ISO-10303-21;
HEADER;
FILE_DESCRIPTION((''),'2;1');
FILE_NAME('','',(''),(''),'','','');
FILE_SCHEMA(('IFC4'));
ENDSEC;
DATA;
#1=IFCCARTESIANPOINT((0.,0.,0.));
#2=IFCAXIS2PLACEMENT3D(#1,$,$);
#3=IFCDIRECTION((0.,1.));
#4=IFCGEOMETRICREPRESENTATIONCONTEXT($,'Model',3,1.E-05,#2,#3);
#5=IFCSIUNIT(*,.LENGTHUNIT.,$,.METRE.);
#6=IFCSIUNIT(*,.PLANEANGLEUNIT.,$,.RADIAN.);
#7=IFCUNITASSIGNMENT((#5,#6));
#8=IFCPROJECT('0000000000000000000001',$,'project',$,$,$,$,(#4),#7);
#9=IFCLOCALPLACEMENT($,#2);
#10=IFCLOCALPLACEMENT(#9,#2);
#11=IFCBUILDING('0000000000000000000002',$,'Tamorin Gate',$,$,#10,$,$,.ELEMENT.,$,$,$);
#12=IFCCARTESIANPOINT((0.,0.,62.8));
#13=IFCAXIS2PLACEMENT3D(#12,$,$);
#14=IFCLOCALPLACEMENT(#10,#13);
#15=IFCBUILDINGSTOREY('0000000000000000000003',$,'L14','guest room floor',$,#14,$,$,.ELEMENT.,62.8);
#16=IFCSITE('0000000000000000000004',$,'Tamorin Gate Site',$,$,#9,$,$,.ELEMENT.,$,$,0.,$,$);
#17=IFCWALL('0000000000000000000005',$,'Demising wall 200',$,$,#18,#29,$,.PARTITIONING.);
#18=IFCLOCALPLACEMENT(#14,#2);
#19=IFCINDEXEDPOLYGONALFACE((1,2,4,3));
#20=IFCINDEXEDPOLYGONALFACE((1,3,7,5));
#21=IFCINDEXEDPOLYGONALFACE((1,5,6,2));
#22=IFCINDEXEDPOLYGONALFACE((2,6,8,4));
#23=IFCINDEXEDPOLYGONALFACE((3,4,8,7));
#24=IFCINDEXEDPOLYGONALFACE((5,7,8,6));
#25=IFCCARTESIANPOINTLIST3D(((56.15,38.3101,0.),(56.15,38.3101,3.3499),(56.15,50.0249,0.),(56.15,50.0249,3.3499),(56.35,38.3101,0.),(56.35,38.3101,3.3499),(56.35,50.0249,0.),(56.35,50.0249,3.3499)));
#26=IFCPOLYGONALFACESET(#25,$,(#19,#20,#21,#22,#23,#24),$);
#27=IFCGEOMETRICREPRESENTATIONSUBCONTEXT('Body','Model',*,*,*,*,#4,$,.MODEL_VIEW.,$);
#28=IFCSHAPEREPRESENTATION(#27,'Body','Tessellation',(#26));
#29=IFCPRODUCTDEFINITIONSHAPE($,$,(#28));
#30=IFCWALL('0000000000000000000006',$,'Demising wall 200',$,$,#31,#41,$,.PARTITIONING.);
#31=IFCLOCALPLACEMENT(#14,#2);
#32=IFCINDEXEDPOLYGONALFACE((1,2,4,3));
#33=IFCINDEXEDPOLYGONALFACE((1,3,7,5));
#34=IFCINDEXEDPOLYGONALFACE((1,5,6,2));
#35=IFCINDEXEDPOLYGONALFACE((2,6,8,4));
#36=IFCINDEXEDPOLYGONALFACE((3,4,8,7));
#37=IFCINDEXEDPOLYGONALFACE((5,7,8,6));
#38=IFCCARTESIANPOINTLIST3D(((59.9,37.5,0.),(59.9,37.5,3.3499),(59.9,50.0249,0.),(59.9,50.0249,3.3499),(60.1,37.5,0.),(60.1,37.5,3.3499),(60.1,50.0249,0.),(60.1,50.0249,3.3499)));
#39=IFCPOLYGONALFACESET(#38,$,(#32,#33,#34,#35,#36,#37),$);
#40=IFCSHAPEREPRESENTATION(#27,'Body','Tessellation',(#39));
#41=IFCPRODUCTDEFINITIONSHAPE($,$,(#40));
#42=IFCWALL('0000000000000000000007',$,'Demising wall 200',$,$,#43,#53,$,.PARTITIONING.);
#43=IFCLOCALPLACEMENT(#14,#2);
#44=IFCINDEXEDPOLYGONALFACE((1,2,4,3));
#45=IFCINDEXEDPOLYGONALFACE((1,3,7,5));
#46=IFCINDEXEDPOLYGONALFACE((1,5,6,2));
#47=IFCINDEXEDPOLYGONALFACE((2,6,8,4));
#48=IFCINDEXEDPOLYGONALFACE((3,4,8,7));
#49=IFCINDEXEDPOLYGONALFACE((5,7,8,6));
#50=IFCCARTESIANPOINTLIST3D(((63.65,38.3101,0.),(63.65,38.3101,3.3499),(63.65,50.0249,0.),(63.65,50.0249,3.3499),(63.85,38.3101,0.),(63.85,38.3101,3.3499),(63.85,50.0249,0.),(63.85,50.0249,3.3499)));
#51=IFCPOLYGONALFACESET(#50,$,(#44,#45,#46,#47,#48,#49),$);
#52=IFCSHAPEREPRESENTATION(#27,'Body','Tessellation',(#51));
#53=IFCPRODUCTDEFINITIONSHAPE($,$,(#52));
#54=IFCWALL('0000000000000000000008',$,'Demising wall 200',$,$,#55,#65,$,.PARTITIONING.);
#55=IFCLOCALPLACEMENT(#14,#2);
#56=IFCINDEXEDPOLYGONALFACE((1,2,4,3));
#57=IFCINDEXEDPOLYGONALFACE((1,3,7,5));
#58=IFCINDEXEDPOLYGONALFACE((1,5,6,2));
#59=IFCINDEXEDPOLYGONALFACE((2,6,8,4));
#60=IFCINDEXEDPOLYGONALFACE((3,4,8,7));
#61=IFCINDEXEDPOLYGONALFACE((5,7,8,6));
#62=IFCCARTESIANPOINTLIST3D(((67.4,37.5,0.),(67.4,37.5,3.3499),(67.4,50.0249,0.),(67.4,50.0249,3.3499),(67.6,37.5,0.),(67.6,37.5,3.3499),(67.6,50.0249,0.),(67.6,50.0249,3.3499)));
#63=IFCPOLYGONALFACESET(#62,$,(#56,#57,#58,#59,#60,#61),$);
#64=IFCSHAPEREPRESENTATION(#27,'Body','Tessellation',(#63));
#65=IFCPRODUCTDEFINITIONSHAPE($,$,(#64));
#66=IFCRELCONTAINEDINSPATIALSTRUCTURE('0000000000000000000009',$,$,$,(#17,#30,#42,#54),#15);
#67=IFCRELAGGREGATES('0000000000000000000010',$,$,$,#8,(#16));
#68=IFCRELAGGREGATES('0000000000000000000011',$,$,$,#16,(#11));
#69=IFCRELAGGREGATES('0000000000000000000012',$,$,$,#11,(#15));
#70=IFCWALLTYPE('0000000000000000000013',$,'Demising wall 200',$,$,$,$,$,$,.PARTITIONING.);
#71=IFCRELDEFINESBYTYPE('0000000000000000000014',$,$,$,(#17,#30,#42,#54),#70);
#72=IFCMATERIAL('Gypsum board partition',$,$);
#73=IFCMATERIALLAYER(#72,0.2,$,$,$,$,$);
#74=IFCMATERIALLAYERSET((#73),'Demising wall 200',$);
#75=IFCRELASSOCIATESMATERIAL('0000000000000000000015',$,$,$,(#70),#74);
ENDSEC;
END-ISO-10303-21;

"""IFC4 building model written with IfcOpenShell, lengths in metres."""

from ifc_helpers import new_model, si_unit, direction, frame, frame_2d, origin, place, context, subcontext, project, spatial, rectangle, extrude, material, layer, layer_set, type_object, element, save


model = new_model("IFC4")

# Units and contexts
model_context = context("Model", 3, precision=1e-05, world=origin(), true_north=direction((0.0, 1.0)))
body_context = subcontext(model_context, "Body", "Model", "MODEL_VIEW")
ifc_project = project(units=[si_unit("LENGTHUNIT", "METRE"), si_unit("PLANEANGLEUNIT", "RADIAN")], contexts=[model_context])

# Site, building, storey
site_placement = place(None, origin())
site = spatial("IfcSite", under=ifc_project, at=site_placement, Name="Tamorin Gate Site", CompositionType="ELEMENT", RefElevation=0.0)
building_placement = place(site_placement, origin())
building = spatial("IfcBuilding", under=site, at=building_placement, Name="Tamorin Gate", CompositionType="ELEMENT")
storey_placement = place(building_placement, frame((0.0, 0.0, 62.8)))
storey = spatial("IfcBuildingStorey", under=building, at=storey_placement, Name="L14", Description="guest room floor", CompositionType="ELEMENT", Elevation=62.8)

# Walls
ifc_material_1 = material(Name="Gypsum board partition")
ifc_layer_1 = layer(ifc_material_1, 0.2)
ifc_layer_set_1 = layer_set([ifc_layer_1], Name="Demising wall 200")
wall_type_1 = type_object("IfcWallType", Name="Demising wall 200", PredefinedType="PARTITIONING", material=ifc_layer_set_1)
wall_1_placement = place(storey_placement, frame((56.25, 38.3101, 0.0), z_axis=(0.0, 0.0, 1.0), x_axis=(0.0, 1.0, 0.0)))
element("IfcWall", 1, at=wall_1_placement, inside=storey, type_object=wall_type_1, Name="Demising wall 200", PredefinedType="PARTITIONING", context=body_context, shape_type="SweptSolid", body=[
    extrude(rectangle(XDim=11.7148, YDim=0.2, at=frame_2d((5.8574, 0.0))), origin(), (0.0, 0.0, 1.0), 3.3499),
])
wall_2_placement = place(storey_placement, frame((60.0, 37.5, 0.0), z_axis=(0.0, 0.0, 1.0), x_axis=(0.0, 1.0, 0.0)))
element("IfcWall", 2, at=wall_2_placement, inside=storey, type_object=wall_type_1, Name="Demising wall 200", PredefinedType="PARTITIONING", context=body_context, shape_type="SweptSolid", body=[
    extrude(rectangle(XDim=12.5249, YDim=0.2, at=frame_2d((6.2625, 0.0))), origin(), (0.0, 0.0, 1.0), 3.3499),
])
wall_3_placement = place(storey_placement, frame((63.75, 38.3101, 0.0), z_axis=(0.0, 0.0, 1.0), x_axis=(0.0, 1.0, 0.0)))
element("IfcWall", 3, at=wall_3_placement, inside=storey, type_object=wall_type_1, Name="Demising wall 200", PredefinedType="PARTITIONING", context=body_context, shape_type="SweptSolid", body=[
    extrude(rectangle(XDim=11.7148, YDim=0.2, at=frame_2d((5.8574, 0.0))), origin(), (0.0, 0.0, 1.0), 3.3499),
])
wall_4_placement = place(storey_placement, frame((67.5, 37.5, 0.0), z_axis=(0.0, 0.0, 1.0), x_axis=(0.0, 1.0, 0.0)))
element("IfcWall", 4, at=wall_4_placement, inside=storey, type_object=wall_type_1, Name="Demising wall 200", PredefinedType="PARTITIONING", context=body_context, shape_type="SweptSolid", body=[
    extrude(rectangle(XDim=12.5249, YDim=0.2, at=frame_2d((6.2625, 0.0))), origin(), (0.0, 0.0, 1.0), 3.3499),
])

save(model, "model.ifc")
